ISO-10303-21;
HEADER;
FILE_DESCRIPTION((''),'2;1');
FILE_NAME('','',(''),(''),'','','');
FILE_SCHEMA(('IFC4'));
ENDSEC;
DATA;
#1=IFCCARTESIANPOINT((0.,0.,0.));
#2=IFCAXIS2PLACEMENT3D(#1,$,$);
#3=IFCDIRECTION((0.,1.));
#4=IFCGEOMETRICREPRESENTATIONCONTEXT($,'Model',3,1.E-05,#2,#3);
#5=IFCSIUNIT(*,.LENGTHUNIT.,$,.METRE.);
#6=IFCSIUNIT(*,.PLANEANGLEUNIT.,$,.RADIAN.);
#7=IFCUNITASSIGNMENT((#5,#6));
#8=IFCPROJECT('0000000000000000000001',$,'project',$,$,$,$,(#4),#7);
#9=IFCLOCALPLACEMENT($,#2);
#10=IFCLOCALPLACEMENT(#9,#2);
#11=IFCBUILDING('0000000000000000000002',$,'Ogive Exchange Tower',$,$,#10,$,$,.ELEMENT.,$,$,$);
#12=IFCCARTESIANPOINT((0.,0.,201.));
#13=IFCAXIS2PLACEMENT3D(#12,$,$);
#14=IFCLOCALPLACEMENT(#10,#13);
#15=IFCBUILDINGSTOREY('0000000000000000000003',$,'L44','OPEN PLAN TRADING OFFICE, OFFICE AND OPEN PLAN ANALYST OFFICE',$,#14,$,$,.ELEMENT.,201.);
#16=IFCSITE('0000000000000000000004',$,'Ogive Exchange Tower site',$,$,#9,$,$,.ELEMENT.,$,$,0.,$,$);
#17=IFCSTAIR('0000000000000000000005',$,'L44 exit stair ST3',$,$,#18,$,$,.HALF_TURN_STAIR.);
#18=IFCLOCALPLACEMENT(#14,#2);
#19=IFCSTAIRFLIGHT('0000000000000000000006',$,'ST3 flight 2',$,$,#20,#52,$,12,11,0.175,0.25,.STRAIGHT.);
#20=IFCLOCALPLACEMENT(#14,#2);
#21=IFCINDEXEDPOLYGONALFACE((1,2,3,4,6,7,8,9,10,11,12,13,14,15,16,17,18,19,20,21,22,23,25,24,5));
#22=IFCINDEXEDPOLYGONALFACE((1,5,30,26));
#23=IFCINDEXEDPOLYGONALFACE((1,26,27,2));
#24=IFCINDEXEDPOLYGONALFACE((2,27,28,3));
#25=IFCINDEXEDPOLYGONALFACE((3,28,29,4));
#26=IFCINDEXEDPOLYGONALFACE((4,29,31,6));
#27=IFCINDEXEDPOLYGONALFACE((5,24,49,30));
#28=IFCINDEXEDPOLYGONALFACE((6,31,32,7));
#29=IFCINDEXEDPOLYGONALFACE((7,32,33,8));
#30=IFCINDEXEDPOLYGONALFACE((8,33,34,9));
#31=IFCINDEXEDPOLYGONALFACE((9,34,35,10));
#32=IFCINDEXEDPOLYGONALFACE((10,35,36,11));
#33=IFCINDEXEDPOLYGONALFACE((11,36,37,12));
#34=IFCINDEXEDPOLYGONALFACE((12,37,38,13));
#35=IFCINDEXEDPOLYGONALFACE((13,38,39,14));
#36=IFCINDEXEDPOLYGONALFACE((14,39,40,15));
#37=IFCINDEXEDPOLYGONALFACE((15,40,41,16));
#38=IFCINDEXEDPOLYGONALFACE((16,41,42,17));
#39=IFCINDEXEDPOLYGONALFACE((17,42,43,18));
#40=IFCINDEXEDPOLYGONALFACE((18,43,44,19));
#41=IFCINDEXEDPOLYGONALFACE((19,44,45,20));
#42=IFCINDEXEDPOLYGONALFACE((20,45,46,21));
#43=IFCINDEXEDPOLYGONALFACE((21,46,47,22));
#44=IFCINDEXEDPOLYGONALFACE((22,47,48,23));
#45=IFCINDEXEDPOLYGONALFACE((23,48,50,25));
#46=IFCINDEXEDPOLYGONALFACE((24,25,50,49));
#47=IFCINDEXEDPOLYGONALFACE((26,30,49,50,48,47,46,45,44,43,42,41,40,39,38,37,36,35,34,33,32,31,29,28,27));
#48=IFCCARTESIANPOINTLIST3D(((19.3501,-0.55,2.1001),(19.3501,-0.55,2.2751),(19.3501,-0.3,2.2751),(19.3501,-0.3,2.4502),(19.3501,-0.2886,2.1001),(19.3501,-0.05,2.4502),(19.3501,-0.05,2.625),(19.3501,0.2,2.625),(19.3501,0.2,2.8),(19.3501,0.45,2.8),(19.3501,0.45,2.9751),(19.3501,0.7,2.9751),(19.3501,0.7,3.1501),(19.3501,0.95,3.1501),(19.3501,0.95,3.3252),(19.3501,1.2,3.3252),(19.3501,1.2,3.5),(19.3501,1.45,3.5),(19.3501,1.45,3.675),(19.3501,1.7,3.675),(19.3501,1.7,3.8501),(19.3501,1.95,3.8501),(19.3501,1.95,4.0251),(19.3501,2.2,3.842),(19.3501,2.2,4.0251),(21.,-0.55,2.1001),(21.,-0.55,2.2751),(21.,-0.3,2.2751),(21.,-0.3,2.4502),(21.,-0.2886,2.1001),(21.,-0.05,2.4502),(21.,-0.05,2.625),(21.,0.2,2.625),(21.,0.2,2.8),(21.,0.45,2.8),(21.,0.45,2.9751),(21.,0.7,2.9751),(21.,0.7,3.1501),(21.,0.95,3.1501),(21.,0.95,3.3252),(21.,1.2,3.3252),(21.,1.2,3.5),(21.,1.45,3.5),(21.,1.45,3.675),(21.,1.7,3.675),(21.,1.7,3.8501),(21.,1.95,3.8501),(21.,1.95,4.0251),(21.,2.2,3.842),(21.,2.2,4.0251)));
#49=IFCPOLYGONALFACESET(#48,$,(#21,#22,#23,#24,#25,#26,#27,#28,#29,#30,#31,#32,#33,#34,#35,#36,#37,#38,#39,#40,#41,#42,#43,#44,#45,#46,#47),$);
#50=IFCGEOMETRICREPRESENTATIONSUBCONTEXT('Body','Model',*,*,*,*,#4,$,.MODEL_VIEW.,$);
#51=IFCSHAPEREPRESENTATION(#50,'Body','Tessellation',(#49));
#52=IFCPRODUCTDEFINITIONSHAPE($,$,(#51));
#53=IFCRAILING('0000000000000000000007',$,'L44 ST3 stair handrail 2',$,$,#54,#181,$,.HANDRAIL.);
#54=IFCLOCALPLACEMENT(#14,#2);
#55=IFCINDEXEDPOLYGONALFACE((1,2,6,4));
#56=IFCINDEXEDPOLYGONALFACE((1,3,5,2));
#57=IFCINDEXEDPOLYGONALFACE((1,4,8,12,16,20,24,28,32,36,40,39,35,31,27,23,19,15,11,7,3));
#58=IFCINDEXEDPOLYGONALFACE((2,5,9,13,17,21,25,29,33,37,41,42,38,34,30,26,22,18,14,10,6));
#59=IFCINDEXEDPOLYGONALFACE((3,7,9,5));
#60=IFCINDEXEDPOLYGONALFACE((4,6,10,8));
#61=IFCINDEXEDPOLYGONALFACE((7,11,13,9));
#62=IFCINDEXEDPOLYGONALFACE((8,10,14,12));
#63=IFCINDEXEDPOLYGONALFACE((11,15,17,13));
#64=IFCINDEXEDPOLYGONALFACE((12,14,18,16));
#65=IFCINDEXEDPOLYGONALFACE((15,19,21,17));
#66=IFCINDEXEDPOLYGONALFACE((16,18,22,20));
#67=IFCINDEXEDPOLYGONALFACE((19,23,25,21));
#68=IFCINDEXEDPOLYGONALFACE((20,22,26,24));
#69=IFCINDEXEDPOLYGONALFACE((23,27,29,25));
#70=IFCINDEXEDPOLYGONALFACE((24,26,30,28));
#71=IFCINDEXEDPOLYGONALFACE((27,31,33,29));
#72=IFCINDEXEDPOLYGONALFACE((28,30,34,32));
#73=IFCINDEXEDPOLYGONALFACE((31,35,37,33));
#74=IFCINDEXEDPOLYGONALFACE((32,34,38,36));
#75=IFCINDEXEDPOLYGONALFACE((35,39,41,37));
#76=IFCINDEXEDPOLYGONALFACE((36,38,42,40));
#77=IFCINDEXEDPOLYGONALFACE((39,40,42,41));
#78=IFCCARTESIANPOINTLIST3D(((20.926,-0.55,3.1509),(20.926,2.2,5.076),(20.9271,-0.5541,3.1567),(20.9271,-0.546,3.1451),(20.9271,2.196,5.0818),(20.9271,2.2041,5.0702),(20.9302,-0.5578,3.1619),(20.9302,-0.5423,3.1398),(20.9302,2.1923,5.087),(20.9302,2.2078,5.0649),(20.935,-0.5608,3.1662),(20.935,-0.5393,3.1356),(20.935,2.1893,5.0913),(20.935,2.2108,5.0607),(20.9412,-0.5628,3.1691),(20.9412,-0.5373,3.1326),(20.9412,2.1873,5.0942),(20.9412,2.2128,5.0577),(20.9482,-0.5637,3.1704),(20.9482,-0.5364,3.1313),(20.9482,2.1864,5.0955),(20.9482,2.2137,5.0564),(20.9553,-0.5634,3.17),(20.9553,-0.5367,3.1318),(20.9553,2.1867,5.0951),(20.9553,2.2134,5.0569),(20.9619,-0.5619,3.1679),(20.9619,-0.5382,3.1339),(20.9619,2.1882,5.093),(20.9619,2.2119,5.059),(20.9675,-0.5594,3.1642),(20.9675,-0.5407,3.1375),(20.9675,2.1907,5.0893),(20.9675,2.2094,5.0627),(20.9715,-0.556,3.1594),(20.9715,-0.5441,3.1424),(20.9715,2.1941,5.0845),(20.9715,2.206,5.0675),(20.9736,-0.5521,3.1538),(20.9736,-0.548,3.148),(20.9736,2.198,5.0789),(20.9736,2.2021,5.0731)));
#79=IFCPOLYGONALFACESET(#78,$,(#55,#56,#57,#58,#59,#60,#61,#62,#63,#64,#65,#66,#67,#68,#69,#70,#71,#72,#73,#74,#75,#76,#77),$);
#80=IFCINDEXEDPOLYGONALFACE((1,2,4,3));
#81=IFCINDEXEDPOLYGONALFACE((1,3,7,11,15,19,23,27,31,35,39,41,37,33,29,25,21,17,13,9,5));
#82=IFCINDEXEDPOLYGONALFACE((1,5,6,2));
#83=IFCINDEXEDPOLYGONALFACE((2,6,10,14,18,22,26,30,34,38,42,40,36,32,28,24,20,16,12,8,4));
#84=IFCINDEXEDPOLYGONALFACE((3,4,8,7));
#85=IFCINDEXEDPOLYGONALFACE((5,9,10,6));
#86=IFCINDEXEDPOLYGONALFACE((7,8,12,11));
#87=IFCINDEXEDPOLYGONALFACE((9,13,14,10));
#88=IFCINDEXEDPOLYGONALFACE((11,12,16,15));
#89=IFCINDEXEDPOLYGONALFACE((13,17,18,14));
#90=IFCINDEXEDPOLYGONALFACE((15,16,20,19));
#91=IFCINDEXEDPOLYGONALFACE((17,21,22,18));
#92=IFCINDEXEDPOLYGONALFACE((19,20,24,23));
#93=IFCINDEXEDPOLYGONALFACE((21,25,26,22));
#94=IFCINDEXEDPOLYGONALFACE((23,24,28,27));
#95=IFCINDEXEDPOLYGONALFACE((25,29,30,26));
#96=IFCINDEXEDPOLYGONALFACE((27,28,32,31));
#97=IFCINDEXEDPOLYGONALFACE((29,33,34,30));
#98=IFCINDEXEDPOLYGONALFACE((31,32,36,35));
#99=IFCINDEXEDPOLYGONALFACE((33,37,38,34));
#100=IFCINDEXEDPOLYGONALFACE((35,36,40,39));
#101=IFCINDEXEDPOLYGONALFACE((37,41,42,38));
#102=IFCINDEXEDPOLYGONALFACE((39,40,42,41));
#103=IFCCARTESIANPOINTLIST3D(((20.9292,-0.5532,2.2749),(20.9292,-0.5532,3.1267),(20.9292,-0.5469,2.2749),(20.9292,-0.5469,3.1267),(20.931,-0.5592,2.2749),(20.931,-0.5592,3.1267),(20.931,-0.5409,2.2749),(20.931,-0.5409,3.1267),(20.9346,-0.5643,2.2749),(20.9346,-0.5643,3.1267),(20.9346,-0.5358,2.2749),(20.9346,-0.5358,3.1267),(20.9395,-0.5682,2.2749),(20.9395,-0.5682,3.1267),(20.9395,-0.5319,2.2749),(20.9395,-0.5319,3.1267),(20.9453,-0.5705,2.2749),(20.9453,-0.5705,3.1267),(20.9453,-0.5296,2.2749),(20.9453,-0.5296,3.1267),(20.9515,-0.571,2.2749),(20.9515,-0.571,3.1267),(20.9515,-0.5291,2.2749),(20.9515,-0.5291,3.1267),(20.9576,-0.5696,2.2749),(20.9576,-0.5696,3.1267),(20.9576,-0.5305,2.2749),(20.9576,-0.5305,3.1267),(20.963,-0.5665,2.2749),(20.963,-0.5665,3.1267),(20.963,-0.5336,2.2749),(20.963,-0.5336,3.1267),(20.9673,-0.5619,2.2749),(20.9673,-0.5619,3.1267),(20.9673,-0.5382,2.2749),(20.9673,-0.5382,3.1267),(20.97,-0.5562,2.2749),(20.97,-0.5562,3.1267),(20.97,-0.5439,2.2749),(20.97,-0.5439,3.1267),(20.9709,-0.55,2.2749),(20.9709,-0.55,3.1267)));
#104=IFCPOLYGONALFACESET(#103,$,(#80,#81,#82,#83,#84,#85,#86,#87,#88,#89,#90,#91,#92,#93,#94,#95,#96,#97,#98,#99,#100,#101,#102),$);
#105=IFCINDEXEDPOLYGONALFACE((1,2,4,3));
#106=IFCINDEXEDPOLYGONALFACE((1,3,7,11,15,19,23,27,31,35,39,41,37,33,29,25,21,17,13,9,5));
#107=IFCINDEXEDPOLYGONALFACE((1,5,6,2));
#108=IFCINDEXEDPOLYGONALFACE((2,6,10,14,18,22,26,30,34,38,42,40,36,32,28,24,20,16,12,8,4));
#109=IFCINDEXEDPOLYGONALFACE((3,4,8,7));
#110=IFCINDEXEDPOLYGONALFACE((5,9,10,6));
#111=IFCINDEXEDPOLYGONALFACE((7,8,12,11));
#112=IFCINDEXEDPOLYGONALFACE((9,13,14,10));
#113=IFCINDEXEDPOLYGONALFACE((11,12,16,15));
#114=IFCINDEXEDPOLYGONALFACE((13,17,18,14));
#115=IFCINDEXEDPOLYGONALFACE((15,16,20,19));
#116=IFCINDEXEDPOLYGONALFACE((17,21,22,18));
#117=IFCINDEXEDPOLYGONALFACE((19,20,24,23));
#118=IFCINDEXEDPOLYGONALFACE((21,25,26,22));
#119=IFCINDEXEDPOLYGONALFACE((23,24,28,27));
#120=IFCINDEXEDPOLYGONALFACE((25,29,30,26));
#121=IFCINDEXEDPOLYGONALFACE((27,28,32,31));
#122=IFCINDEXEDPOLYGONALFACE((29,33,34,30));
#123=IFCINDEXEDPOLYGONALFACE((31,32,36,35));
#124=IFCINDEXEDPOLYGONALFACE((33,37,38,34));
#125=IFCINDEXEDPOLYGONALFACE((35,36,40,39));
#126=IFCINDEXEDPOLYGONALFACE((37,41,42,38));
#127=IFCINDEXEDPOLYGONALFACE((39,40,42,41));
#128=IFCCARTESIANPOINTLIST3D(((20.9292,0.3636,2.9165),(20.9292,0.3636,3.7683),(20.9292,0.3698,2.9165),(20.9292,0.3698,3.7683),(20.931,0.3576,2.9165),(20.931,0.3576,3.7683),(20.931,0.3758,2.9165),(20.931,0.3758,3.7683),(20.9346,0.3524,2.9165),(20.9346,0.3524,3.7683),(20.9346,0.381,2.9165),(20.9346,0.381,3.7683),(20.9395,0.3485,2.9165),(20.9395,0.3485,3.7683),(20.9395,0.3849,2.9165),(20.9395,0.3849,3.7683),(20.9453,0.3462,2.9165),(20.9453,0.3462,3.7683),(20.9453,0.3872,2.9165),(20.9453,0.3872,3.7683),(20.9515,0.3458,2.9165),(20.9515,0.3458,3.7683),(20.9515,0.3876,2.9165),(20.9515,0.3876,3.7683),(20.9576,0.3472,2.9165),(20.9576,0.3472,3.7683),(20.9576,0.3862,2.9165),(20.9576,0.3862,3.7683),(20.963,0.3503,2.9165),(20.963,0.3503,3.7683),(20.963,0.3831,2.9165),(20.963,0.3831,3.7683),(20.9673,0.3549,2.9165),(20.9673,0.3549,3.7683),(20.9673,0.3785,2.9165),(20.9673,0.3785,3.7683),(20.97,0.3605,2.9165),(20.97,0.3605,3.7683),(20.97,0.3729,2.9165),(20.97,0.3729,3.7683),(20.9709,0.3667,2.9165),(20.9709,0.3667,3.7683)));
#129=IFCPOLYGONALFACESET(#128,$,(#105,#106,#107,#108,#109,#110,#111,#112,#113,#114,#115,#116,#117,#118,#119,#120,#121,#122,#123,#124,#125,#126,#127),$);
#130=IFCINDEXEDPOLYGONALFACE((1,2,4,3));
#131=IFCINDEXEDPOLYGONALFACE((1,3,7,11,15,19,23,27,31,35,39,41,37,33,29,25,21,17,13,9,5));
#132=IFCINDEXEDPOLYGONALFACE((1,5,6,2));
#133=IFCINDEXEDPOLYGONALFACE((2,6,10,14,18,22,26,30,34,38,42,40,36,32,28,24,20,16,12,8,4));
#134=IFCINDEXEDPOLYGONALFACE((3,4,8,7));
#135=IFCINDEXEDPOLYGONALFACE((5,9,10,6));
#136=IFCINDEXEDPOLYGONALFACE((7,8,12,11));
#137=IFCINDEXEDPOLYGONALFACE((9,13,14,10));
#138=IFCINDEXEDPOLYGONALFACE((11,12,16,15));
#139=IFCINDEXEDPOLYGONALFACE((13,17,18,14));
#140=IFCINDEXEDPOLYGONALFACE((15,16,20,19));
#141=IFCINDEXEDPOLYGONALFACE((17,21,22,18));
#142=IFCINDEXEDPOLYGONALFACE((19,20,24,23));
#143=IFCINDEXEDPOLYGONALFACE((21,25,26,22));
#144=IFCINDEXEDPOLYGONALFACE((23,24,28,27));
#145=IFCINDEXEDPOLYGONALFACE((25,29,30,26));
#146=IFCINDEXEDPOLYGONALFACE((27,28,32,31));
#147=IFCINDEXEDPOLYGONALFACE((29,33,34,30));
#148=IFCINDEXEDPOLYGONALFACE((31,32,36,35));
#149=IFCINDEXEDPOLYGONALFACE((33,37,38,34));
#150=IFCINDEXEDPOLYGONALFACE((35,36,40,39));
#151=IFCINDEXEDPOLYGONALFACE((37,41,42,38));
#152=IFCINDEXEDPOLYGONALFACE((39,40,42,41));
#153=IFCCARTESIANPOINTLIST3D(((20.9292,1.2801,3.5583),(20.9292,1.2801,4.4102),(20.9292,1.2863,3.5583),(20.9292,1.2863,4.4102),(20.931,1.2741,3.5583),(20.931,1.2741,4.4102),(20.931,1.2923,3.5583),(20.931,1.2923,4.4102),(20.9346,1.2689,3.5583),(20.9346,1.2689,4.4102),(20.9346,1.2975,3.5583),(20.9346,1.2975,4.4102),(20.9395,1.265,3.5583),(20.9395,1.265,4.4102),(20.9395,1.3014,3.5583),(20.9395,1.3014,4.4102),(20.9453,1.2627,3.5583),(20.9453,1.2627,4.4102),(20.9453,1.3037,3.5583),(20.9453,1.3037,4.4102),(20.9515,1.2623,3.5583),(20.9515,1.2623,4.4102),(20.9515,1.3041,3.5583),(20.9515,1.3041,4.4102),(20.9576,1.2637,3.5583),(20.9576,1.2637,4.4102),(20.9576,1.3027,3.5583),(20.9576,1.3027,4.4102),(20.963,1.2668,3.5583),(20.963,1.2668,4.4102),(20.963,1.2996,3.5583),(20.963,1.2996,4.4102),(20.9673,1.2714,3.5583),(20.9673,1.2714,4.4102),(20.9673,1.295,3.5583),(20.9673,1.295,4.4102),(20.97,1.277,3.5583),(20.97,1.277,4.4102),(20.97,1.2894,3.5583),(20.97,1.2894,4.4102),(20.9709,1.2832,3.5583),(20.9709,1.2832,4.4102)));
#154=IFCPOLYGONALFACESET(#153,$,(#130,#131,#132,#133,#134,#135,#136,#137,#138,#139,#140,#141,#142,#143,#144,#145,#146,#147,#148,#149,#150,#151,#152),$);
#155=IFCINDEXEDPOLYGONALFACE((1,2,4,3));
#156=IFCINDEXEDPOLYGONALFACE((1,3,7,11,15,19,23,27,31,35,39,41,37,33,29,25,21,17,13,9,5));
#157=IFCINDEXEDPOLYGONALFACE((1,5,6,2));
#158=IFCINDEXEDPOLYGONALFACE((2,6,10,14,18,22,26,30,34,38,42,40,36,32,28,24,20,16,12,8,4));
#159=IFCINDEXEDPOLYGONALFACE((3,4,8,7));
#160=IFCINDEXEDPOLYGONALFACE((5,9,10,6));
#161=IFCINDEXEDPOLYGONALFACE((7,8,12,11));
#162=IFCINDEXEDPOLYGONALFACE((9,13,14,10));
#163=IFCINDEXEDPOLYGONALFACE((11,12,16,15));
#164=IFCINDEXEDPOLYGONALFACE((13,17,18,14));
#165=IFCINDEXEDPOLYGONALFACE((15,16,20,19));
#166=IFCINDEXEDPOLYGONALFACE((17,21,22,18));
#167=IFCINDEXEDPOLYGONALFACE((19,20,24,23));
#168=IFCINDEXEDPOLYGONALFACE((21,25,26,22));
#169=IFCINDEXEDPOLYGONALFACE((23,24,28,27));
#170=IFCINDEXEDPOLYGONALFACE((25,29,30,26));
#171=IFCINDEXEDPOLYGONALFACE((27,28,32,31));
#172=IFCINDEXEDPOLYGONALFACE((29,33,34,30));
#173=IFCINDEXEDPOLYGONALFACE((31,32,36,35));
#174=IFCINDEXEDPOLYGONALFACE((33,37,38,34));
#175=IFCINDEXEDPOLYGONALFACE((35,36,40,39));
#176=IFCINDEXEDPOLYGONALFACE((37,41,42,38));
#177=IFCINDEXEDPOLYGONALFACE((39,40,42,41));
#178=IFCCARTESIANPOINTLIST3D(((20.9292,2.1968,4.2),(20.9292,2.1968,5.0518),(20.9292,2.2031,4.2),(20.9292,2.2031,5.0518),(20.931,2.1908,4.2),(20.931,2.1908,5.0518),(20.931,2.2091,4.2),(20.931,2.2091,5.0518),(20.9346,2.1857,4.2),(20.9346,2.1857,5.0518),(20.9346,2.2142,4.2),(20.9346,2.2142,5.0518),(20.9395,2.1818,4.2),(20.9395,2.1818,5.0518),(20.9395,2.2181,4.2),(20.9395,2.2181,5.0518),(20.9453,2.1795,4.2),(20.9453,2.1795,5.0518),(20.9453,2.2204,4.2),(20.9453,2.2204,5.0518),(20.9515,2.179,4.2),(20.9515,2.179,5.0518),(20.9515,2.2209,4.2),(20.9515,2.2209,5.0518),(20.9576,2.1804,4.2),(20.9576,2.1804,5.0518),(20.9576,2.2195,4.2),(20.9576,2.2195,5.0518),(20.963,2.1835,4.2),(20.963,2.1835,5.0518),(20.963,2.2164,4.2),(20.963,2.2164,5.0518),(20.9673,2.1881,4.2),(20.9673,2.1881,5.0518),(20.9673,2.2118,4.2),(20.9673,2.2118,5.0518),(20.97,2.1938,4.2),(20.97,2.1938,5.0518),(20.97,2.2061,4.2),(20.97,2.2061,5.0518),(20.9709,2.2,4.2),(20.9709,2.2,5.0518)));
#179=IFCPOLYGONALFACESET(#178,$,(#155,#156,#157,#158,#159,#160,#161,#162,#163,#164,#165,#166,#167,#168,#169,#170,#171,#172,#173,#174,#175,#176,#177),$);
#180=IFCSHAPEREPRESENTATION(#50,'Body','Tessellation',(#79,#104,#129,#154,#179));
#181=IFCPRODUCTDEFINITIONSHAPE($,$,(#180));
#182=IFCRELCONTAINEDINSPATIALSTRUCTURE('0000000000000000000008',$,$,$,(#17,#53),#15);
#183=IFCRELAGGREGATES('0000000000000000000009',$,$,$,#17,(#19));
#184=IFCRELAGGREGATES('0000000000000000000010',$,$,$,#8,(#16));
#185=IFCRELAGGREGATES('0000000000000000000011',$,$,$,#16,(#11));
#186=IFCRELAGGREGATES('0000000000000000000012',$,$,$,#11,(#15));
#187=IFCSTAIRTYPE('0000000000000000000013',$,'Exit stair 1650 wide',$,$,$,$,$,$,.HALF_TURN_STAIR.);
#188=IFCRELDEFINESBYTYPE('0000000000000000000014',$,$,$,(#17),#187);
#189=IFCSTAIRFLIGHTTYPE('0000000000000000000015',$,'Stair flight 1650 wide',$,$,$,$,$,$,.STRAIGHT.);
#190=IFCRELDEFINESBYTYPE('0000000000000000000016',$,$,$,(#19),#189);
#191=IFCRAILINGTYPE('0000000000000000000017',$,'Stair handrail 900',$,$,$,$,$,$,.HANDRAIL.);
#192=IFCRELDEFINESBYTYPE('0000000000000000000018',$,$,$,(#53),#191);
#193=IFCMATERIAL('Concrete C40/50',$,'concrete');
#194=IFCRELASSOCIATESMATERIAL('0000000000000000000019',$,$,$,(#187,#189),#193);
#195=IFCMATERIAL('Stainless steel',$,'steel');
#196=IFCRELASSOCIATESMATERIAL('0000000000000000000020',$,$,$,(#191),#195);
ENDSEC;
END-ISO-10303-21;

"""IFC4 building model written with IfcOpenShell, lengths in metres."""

from ifc_helpers import new_model, si_unit, direction, frame, origin, origin_2d, place, context, subcontext, project, spatial, polyline, circle, outline, extrude, material, type_object, element, aggregate, save


model = new_model("IFC4")

# Units and contexts
model_context = context("Model", 3, precision=1e-05, world=origin(), true_north=direction((0.0, 1.0)))
body_context = subcontext(model_context, "Body", "Model", "MODEL_VIEW")
ifc_project = project(units=[si_unit("LENGTHUNIT", "METRE"), si_unit("PLANEANGLEUNIT", "RADIAN")], contexts=[model_context])

# Site, building, storey
site_placement = place(None, origin())
site = spatial("IfcSite", under=ifc_project, at=site_placement, Name="Ogive Exchange Tower site", CompositionType="ELEMENT", RefElevation=0.0)
building_placement = place(site_placement, origin())
building = spatial("IfcBuilding", under=site, at=building_placement, Name="Ogive Exchange Tower", CompositionType="ELEMENT")
storey_placement = place(building_placement, frame((0.0, 0.0, 201.0)))
storey = spatial("IfcBuildingStorey", under=building, at=storey_placement, Name="L44", Description="OPEN PLAN TRADING OFFICE, OFFICE AND OPEN PLAN ANALYST OFFICE", CompositionType="ELEMENT", Elevation=201.0)

# Stair, stair flight
ifc_material_1 = material(Name="Concrete C40/50", Category="concrete")
stair_type = type_object("IfcStairType", Name="Exit stair 1650 wide", PredefinedType="HALF_TURN_STAIR", material=ifc_material_1)
stair_placement = place(storey_placement, origin())
stair = element("IfcStair", 1, at=stair_placement, inside=storey, type_object=stair_type, Name="L44 exit stair ST3", PredefinedType="HALF_TURN_STAIR")
stair_flight_type = type_object("IfcStairFlightType", Name="Stair flight 1650 wide", PredefinedType="STRAIGHT", material=ifc_material_1)
stair_flight_1_placement = place(storey_placement, frame((20.175, -0.55, 2.1001), z_axis=(0.0, 0.0, 1.0), x_axis=(0.0, 1.0, 0.0)))
stair_flight_1 = element("IfcStairFlight", 2, at=stair_flight_1_placement, type_object=stair_flight_type, Name="ST3 flight 2", NumberOfRisers=12, NumberOfTreads=11, PredefinedType="STRAIGHT", RiserHeight=0.175, TreadLength=0.25, context=body_context, shape_type="SweptSolid", body=[
    extrude(outline(polyline([(0.0, 0.0), (0.0, 0.175), (0.25, 0.175), (0.25, 0.3501), (0.5, 0.3501), (0.5, 0.5249), (0.75, 0.5249), (0.75, 0.7), (1.0, 0.7), (1.0, 0.875), (1.25, 0.875), (1.25, 1.05), (1.5, 1.05), (1.5, 1.2251), (1.75, 1.2251), (1.75, 1.3999), (2.0, 1.3999), (2.0, 1.575), (2.25, 1.575), (2.25, 1.75), (2.5, 1.75), (2.5, 1.925), (2.75, 1.925), (2.75, 2.1001), (2.75, 1.7419), (0.2615, 0.0), (0.0, 0.0)])), frame((0.0, 0.825, 0.0), z_axis=(0.0, -1.0, 0.0), x_axis=(1.0, 0.0, 0.0)), (0.0, 0.0, 1.0), 1.6499),
])
aggregate(stair, [stair_flight_1])

# Railing
ifc_material_2 = material(Name="Stainless steel", Category="steel")
railing_type = type_object("IfcRailingType", Name="Stair handrail 900", PredefinedType="HANDRAIL", material=ifc_material_2)
railing_placement = place(storey_placement, frame((20.95, -0.55, 2.2749)))
element("IfcRailing", 3, at=railing_placement, inside=storey, type_object=railing_type, Name="L44 ST3 stair handrail 2", PredefinedType="HANDRAIL", context=body_context, shape_type="SweptSolid", body=[
    extrude(circle(Radius=0.0239, at=origin_2d()), frame((0.0, 0.0, 0.876), z_axis=(0.0, 0.819225, 0.573472), x_axis=(-1.0, 0.0, 0.0)), (0.0, 0.0, 1.0), 3.3569),
    extrude(circle(Radius=0.021, at=origin_2d()), origin(), (0.0, 0.0, 1.0), 0.8518),
    extrude(circle(Radius=0.021, at=origin_2d()), frame((0.0, 0.9167, 0.6416)), (0.0, 0.0, 1.0), 0.8518),
    extrude(circle(Radius=0.021, at=origin_2d()), frame((0.0, 1.8333, 1.2834)), (0.0, 0.0, 1.0), 0.8518),
    extrude(circle(Radius=0.021, at=origin_2d()), frame((0.0, 2.75, 1.925)), (0.0, 0.0, 1.0), 0.8518),
])

save(model, "model.ifc")
